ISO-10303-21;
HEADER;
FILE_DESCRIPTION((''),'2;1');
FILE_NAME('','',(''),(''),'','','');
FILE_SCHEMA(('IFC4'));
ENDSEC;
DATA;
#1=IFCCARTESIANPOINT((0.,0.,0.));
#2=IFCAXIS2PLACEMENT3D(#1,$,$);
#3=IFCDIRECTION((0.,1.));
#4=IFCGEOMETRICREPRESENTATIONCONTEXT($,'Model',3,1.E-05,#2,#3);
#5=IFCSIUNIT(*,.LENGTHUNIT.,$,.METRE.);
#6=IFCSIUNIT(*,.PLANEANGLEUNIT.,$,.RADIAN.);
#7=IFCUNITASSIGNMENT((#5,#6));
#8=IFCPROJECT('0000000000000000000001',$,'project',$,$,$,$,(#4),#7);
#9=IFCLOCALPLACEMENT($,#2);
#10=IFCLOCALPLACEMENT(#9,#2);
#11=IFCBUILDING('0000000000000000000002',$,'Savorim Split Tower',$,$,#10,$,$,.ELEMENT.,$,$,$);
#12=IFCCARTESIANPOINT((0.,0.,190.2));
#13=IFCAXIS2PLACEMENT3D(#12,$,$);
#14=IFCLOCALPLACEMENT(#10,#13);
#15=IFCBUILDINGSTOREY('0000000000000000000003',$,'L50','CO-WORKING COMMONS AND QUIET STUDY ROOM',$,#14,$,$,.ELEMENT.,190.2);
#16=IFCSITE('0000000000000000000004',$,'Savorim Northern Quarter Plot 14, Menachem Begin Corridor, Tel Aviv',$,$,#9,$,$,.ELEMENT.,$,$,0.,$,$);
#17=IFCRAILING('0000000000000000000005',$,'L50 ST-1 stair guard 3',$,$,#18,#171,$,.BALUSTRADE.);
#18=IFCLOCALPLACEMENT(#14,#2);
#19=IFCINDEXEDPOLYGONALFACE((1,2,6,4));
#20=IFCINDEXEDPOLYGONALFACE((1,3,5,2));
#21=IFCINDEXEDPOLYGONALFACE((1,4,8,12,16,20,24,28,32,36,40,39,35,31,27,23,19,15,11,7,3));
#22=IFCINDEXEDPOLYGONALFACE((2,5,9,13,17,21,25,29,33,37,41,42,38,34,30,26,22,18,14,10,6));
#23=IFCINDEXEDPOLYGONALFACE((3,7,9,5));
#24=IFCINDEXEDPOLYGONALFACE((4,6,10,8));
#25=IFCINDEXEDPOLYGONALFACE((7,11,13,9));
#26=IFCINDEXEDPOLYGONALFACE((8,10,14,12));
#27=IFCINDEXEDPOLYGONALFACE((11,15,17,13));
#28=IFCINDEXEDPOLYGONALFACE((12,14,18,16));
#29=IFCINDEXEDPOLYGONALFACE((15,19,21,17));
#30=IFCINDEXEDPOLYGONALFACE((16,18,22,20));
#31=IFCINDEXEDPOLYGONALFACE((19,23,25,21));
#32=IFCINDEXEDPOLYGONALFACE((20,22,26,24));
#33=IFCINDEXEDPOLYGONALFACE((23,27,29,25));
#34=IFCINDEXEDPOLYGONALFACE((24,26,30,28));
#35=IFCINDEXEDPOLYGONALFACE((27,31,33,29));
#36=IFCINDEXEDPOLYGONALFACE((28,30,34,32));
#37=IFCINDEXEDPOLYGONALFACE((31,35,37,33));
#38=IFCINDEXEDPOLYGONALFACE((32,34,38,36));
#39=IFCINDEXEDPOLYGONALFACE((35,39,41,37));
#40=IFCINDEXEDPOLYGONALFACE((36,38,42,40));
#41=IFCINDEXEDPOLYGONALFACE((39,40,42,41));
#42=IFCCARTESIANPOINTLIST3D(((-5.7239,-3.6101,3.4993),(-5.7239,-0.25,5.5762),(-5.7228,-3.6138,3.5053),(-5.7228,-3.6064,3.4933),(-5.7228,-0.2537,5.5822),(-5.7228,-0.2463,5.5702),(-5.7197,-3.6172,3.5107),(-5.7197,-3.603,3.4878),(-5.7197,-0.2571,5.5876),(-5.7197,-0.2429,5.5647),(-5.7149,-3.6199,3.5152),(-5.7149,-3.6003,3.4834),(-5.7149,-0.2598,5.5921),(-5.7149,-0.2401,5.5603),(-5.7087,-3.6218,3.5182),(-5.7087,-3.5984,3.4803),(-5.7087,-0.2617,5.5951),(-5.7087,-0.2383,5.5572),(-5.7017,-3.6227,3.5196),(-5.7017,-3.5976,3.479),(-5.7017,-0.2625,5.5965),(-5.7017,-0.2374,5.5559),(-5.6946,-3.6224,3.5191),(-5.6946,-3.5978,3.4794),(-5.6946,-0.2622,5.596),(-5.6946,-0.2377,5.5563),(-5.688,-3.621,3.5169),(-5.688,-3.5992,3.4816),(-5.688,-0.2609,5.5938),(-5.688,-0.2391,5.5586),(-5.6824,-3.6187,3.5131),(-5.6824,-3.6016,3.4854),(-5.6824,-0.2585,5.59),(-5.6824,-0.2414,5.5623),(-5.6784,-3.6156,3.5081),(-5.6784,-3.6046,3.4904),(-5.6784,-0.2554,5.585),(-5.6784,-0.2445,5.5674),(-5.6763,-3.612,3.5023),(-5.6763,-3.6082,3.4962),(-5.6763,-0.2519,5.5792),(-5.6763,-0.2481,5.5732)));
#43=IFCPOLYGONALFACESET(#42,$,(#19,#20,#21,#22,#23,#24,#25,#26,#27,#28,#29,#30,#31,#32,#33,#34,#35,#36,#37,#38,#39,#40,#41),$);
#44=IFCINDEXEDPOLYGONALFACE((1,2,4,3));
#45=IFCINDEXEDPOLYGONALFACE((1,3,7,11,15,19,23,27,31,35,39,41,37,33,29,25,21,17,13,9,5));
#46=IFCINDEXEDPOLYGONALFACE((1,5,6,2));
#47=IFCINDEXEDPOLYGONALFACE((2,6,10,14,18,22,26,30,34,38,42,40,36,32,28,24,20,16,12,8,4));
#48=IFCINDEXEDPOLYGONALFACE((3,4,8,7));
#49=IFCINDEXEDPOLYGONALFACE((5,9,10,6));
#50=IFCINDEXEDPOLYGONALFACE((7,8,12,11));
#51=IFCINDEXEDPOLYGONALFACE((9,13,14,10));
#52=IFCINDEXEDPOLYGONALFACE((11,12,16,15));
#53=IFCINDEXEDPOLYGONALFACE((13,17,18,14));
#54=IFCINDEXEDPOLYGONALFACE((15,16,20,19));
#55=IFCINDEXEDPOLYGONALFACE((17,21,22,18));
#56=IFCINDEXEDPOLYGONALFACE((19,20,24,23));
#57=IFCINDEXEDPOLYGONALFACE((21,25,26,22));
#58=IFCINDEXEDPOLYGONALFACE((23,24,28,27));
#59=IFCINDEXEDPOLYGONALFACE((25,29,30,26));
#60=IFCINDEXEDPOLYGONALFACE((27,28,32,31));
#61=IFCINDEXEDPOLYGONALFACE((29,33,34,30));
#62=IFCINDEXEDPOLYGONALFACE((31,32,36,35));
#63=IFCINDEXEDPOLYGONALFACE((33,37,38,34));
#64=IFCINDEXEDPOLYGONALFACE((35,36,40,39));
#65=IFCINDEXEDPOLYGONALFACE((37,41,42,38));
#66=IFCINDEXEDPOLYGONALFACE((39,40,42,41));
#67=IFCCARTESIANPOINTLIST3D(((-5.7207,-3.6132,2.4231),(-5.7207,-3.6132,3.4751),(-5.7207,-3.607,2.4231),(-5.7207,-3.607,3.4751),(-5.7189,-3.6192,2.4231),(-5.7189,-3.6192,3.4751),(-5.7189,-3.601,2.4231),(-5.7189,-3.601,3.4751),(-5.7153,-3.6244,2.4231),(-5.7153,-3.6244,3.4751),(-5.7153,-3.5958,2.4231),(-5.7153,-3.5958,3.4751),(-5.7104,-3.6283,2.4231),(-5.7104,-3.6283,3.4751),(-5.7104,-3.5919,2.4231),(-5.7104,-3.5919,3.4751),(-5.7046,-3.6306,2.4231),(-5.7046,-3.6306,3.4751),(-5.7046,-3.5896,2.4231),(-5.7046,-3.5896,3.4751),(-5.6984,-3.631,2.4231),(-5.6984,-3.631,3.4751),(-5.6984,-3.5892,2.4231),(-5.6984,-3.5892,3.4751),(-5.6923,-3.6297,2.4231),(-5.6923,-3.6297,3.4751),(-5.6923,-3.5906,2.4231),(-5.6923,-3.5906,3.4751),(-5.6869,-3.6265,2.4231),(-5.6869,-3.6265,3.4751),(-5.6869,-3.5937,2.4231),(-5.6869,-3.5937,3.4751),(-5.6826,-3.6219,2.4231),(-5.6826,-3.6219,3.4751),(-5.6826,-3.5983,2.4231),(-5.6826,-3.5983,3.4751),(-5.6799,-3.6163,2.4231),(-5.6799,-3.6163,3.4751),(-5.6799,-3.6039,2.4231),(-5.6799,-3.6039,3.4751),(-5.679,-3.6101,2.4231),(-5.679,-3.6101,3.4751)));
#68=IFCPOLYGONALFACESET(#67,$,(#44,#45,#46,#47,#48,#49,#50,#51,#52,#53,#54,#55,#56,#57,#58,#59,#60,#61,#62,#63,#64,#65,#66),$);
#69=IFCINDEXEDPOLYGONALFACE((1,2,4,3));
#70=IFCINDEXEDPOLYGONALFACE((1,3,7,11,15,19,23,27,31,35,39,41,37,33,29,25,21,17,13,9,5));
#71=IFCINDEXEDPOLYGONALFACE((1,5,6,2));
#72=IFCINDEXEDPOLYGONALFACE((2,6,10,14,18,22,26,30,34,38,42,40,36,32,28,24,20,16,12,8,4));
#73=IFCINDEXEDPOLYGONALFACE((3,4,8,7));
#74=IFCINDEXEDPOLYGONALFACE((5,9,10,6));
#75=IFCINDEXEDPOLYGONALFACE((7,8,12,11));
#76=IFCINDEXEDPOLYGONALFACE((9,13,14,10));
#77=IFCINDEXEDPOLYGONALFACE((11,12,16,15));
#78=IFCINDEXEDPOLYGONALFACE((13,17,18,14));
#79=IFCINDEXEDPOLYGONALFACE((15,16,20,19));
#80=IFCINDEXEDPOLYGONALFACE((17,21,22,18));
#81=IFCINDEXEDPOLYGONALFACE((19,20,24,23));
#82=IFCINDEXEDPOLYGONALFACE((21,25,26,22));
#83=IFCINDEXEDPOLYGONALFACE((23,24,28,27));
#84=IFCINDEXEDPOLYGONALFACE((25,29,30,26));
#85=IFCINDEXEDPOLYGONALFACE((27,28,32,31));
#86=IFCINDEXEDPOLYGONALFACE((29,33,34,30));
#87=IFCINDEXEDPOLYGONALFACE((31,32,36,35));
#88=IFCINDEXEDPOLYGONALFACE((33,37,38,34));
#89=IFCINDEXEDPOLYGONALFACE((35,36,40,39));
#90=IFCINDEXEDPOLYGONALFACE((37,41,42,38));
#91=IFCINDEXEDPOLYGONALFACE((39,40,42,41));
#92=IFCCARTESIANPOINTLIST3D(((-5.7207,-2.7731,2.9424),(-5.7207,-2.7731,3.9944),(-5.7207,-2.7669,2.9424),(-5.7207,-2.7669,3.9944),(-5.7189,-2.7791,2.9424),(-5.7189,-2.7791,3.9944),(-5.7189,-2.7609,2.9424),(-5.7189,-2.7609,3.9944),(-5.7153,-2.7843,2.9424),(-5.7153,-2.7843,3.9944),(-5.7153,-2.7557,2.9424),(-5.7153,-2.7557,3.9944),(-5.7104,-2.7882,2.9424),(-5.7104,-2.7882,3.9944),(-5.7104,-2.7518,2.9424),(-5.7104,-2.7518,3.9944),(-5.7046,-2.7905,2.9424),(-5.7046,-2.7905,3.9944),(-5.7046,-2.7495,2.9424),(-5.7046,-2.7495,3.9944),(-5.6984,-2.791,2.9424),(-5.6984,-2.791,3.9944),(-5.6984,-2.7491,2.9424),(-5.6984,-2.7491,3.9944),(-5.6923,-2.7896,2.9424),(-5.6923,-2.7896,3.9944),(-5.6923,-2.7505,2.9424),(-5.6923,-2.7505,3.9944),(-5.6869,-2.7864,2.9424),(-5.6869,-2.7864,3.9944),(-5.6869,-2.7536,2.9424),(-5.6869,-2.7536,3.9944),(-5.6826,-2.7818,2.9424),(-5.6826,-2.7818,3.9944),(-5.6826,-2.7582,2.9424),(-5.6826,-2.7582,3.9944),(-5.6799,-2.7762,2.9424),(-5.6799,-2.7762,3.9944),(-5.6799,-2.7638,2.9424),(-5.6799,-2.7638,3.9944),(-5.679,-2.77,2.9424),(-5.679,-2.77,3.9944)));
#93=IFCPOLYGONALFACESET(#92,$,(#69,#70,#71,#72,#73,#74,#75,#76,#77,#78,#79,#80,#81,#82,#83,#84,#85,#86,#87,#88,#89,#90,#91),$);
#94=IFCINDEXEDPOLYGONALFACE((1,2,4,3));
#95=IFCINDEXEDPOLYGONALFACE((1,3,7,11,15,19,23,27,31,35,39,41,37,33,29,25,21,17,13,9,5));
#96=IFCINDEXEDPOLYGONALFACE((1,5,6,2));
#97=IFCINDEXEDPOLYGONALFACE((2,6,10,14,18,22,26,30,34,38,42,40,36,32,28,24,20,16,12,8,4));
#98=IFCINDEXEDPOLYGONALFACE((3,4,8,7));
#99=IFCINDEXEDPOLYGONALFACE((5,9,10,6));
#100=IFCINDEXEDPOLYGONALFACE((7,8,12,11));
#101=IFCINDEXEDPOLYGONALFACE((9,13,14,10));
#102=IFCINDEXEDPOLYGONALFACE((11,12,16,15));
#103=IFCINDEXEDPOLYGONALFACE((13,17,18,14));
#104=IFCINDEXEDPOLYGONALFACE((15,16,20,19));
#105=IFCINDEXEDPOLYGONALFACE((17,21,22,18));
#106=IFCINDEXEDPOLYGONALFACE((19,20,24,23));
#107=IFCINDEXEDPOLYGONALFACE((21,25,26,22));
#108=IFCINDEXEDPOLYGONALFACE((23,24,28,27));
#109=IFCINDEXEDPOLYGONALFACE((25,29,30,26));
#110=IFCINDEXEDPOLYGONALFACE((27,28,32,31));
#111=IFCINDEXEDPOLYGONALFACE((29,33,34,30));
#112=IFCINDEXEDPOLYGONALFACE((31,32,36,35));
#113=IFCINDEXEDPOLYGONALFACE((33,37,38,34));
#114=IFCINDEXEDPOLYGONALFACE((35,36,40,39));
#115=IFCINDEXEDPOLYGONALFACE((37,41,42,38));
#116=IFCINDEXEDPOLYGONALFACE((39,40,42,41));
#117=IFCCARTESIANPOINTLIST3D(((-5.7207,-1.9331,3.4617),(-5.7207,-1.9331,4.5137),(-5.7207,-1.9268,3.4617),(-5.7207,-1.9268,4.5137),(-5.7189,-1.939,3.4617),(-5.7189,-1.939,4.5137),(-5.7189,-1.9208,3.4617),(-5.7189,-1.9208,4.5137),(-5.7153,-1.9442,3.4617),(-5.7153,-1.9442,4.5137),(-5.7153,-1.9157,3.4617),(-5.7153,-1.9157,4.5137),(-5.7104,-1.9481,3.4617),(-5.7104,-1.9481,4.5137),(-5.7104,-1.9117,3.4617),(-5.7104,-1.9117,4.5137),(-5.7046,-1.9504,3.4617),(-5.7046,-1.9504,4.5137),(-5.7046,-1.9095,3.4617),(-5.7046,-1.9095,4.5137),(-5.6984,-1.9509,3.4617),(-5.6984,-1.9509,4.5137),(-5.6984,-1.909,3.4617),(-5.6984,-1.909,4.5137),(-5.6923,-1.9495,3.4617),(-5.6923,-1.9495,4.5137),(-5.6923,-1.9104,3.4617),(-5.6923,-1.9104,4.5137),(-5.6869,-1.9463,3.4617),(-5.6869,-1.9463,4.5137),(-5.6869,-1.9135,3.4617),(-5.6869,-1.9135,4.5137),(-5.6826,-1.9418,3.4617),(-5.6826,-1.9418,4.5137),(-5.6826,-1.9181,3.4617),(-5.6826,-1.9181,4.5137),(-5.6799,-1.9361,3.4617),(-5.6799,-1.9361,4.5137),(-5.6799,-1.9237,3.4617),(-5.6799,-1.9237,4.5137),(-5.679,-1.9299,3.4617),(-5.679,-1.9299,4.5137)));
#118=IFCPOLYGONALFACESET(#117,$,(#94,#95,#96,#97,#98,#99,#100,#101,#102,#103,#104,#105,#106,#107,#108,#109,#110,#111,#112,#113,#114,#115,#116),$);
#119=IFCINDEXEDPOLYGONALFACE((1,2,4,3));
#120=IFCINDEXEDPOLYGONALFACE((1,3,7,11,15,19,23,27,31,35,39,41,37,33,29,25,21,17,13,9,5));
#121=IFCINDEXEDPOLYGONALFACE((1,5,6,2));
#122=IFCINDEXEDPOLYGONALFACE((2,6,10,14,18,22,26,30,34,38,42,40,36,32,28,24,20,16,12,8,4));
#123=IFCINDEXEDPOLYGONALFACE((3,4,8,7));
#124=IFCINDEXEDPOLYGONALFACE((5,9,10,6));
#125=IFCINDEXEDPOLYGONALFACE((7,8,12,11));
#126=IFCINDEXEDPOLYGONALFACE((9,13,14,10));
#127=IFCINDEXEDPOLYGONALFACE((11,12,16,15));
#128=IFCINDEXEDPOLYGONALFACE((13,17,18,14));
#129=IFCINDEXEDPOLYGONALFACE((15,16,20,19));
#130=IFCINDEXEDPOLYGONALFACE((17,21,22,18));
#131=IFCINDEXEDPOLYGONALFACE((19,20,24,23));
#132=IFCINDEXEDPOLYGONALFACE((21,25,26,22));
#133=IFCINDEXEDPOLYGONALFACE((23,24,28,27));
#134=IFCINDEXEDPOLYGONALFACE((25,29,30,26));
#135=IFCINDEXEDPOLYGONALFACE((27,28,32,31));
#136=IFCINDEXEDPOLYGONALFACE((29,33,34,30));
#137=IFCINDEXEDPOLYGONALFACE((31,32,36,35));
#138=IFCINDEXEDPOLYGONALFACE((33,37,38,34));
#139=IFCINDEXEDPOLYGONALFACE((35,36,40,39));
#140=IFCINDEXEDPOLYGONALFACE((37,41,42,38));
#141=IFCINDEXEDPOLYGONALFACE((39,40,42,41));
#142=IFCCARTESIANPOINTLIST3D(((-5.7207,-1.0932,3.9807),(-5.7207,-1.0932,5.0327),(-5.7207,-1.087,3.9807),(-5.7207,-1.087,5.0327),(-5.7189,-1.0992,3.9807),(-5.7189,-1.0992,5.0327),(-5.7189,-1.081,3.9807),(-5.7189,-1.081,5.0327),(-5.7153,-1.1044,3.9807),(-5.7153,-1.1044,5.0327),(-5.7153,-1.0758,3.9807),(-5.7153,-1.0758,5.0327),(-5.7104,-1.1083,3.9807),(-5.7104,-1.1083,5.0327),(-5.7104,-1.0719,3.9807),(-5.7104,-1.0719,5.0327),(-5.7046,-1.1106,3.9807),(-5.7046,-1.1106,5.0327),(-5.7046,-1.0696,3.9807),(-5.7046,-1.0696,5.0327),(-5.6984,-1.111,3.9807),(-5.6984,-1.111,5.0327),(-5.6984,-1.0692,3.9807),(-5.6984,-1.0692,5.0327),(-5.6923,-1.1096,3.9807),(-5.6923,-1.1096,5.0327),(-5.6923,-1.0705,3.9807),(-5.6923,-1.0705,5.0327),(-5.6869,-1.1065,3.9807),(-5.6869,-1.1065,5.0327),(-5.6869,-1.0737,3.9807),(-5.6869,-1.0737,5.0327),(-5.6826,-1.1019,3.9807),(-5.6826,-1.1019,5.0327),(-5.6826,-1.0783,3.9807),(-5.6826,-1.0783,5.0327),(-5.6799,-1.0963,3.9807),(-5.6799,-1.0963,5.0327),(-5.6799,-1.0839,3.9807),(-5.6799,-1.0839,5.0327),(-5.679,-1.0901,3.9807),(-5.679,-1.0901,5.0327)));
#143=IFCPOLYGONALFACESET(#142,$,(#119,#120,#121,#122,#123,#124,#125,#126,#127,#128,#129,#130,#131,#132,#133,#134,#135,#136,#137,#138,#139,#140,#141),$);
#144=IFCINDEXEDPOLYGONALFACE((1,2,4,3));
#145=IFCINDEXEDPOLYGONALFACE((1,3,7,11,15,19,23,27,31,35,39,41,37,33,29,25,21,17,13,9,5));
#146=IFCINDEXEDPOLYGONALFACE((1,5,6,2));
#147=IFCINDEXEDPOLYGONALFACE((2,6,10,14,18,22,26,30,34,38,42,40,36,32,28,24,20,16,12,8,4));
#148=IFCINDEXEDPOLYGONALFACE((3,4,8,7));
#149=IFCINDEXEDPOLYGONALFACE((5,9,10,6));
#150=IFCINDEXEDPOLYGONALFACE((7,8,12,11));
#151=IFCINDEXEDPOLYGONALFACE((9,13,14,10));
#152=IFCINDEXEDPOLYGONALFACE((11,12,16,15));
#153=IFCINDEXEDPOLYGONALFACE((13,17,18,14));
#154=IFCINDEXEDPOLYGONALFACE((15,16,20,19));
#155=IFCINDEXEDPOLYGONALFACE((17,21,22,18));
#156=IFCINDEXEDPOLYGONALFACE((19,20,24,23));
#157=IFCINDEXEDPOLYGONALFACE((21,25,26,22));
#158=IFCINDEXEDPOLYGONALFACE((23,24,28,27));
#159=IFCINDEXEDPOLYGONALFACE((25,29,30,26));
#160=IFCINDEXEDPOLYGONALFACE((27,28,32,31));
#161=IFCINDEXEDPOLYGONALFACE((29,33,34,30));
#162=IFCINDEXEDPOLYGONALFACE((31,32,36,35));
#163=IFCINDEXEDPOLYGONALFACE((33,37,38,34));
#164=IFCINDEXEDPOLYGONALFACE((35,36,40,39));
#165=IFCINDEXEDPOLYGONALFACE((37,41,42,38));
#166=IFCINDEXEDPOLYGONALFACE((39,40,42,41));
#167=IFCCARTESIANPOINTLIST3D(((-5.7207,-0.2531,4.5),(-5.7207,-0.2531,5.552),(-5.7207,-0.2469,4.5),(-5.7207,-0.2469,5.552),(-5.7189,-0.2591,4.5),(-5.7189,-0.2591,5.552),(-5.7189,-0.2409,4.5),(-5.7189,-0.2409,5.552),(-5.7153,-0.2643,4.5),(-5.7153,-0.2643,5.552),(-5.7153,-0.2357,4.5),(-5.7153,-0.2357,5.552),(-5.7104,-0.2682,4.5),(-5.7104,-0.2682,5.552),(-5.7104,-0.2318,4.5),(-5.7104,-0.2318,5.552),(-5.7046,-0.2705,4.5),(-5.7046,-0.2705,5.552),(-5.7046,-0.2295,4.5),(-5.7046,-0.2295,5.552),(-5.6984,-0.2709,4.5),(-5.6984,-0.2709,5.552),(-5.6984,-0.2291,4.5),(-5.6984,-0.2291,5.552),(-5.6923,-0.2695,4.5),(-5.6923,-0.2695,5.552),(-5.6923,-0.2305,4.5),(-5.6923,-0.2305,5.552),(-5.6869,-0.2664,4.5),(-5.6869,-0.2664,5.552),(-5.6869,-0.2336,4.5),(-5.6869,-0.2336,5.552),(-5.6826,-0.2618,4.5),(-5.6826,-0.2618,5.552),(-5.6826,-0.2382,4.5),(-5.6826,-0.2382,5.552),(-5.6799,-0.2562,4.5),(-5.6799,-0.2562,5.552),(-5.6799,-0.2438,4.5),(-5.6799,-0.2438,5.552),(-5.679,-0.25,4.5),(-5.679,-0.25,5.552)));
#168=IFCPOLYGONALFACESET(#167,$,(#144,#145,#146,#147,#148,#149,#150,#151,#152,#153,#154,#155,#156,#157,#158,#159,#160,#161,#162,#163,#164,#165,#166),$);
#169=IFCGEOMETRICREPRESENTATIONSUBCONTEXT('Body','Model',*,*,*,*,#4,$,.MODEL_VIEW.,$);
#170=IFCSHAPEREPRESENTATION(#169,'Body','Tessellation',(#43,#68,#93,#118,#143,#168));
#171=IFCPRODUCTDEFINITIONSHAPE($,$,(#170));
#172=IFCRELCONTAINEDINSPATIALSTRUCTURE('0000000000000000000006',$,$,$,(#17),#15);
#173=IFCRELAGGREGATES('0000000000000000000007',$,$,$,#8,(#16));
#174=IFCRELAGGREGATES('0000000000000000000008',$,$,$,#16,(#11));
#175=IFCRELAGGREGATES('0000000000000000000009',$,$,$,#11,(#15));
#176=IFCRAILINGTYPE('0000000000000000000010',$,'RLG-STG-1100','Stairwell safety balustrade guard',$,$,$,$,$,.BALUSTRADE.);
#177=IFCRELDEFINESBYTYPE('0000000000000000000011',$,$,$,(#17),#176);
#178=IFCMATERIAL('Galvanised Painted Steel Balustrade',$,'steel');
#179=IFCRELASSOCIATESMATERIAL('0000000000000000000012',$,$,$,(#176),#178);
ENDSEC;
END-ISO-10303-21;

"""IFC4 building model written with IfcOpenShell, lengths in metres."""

from ifc_helpers import new_model, si_unit, direction, frame, origin, origin_2d, place, context, subcontext, project, spatial, circle, extrude, material, type_object, element, save


model = new_model("IFC4")

# Units and contexts
model_context = context("Model", 3, precision=1e-05, world=origin(), true_north=direction((0.0, 1.0)))
body_context = subcontext(model_context, "Body", "Model", "MODEL_VIEW")
ifc_project = project(units=[si_unit("LENGTHUNIT", "METRE"), si_unit("PLANEANGLEUNIT", "RADIAN")], contexts=[model_context])

# Site, building, storey
site_placement = place(None, origin())
site = spatial("IfcSite", under=ifc_project, at=site_placement, Name="Savorim Northern Quarter Plot 14, Menachem Begin Corridor, Tel Aviv", CompositionType="ELEMENT", RefElevation=0.0)
building_placement = place(site_placement, origin())
building = spatial("IfcBuilding", under=site, at=building_placement, Name="Savorim Split Tower", CompositionType="ELEMENT")
storey_placement = place(building_placement, frame((0.0, 0.0, 190.2)))
storey = spatial("IfcBuildingStorey", under=building, at=storey_placement, Name="L50", Description="CO-WORKING COMMONS AND QUIET STUDY ROOM", CompositionType="ELEMENT", Elevation=190.2)

# Railing
ifc_material_1 = material(Name="Galvanised Painted Steel Balustrade", Category="steel")
railing_type_1 = type_object("IfcRailingType", Name="RLG-STG-1100", Description="Stairwell safety balustrade guard", PredefinedType="BALUSTRADE", material=ifc_material_1)
railing_1_placement = place(storey_placement, frame((-5.7, -3.6101, 2.4231)))
element("IfcRailing", 1, at=railing_1_placement, inside=storey, type_object=railing_type_1, Name="L50 ST-1 stair guard 3", PredefinedType="BALUSTRADE", context=body_context, shape_type="SweptSolid", body=[
    extrude(circle(Radius=0.0239, at=origin_2d()), frame((0.0, 0.0, 1.0762), z_axis=(0.0, 0.850623, 0.525776), x_axis=(-1.0, 0.0, 0.0)), (0.0, 0.0, 1.0), 3.9502),
    extrude(circle(Radius=0.021, at=origin_2d()), origin(), (0.0, 0.0, 1.0), 1.052),
    extrude(circle(Radius=0.021, at=origin_2d()), frame((0.0, 0.8401, 0.5193)), (0.0, 0.0, 1.0), 1.052),
    extrude(circle(Radius=0.021, at=origin_2d()), frame((0.0, 1.6802, 1.0386)), (0.0, 0.0, 1.0), 1.052),
    extrude(circle(Radius=0.021, at=origin_2d()), frame((0.0, 2.52, 1.5576)), (0.0, 0.0, 1.0), 1.052),
    extrude(circle(Radius=0.021, at=origin_2d()), frame((0.0, 3.3601, 2.0769)), (0.0, 0.0, 1.0), 1.052),
])

save(model, "model.ifc")
